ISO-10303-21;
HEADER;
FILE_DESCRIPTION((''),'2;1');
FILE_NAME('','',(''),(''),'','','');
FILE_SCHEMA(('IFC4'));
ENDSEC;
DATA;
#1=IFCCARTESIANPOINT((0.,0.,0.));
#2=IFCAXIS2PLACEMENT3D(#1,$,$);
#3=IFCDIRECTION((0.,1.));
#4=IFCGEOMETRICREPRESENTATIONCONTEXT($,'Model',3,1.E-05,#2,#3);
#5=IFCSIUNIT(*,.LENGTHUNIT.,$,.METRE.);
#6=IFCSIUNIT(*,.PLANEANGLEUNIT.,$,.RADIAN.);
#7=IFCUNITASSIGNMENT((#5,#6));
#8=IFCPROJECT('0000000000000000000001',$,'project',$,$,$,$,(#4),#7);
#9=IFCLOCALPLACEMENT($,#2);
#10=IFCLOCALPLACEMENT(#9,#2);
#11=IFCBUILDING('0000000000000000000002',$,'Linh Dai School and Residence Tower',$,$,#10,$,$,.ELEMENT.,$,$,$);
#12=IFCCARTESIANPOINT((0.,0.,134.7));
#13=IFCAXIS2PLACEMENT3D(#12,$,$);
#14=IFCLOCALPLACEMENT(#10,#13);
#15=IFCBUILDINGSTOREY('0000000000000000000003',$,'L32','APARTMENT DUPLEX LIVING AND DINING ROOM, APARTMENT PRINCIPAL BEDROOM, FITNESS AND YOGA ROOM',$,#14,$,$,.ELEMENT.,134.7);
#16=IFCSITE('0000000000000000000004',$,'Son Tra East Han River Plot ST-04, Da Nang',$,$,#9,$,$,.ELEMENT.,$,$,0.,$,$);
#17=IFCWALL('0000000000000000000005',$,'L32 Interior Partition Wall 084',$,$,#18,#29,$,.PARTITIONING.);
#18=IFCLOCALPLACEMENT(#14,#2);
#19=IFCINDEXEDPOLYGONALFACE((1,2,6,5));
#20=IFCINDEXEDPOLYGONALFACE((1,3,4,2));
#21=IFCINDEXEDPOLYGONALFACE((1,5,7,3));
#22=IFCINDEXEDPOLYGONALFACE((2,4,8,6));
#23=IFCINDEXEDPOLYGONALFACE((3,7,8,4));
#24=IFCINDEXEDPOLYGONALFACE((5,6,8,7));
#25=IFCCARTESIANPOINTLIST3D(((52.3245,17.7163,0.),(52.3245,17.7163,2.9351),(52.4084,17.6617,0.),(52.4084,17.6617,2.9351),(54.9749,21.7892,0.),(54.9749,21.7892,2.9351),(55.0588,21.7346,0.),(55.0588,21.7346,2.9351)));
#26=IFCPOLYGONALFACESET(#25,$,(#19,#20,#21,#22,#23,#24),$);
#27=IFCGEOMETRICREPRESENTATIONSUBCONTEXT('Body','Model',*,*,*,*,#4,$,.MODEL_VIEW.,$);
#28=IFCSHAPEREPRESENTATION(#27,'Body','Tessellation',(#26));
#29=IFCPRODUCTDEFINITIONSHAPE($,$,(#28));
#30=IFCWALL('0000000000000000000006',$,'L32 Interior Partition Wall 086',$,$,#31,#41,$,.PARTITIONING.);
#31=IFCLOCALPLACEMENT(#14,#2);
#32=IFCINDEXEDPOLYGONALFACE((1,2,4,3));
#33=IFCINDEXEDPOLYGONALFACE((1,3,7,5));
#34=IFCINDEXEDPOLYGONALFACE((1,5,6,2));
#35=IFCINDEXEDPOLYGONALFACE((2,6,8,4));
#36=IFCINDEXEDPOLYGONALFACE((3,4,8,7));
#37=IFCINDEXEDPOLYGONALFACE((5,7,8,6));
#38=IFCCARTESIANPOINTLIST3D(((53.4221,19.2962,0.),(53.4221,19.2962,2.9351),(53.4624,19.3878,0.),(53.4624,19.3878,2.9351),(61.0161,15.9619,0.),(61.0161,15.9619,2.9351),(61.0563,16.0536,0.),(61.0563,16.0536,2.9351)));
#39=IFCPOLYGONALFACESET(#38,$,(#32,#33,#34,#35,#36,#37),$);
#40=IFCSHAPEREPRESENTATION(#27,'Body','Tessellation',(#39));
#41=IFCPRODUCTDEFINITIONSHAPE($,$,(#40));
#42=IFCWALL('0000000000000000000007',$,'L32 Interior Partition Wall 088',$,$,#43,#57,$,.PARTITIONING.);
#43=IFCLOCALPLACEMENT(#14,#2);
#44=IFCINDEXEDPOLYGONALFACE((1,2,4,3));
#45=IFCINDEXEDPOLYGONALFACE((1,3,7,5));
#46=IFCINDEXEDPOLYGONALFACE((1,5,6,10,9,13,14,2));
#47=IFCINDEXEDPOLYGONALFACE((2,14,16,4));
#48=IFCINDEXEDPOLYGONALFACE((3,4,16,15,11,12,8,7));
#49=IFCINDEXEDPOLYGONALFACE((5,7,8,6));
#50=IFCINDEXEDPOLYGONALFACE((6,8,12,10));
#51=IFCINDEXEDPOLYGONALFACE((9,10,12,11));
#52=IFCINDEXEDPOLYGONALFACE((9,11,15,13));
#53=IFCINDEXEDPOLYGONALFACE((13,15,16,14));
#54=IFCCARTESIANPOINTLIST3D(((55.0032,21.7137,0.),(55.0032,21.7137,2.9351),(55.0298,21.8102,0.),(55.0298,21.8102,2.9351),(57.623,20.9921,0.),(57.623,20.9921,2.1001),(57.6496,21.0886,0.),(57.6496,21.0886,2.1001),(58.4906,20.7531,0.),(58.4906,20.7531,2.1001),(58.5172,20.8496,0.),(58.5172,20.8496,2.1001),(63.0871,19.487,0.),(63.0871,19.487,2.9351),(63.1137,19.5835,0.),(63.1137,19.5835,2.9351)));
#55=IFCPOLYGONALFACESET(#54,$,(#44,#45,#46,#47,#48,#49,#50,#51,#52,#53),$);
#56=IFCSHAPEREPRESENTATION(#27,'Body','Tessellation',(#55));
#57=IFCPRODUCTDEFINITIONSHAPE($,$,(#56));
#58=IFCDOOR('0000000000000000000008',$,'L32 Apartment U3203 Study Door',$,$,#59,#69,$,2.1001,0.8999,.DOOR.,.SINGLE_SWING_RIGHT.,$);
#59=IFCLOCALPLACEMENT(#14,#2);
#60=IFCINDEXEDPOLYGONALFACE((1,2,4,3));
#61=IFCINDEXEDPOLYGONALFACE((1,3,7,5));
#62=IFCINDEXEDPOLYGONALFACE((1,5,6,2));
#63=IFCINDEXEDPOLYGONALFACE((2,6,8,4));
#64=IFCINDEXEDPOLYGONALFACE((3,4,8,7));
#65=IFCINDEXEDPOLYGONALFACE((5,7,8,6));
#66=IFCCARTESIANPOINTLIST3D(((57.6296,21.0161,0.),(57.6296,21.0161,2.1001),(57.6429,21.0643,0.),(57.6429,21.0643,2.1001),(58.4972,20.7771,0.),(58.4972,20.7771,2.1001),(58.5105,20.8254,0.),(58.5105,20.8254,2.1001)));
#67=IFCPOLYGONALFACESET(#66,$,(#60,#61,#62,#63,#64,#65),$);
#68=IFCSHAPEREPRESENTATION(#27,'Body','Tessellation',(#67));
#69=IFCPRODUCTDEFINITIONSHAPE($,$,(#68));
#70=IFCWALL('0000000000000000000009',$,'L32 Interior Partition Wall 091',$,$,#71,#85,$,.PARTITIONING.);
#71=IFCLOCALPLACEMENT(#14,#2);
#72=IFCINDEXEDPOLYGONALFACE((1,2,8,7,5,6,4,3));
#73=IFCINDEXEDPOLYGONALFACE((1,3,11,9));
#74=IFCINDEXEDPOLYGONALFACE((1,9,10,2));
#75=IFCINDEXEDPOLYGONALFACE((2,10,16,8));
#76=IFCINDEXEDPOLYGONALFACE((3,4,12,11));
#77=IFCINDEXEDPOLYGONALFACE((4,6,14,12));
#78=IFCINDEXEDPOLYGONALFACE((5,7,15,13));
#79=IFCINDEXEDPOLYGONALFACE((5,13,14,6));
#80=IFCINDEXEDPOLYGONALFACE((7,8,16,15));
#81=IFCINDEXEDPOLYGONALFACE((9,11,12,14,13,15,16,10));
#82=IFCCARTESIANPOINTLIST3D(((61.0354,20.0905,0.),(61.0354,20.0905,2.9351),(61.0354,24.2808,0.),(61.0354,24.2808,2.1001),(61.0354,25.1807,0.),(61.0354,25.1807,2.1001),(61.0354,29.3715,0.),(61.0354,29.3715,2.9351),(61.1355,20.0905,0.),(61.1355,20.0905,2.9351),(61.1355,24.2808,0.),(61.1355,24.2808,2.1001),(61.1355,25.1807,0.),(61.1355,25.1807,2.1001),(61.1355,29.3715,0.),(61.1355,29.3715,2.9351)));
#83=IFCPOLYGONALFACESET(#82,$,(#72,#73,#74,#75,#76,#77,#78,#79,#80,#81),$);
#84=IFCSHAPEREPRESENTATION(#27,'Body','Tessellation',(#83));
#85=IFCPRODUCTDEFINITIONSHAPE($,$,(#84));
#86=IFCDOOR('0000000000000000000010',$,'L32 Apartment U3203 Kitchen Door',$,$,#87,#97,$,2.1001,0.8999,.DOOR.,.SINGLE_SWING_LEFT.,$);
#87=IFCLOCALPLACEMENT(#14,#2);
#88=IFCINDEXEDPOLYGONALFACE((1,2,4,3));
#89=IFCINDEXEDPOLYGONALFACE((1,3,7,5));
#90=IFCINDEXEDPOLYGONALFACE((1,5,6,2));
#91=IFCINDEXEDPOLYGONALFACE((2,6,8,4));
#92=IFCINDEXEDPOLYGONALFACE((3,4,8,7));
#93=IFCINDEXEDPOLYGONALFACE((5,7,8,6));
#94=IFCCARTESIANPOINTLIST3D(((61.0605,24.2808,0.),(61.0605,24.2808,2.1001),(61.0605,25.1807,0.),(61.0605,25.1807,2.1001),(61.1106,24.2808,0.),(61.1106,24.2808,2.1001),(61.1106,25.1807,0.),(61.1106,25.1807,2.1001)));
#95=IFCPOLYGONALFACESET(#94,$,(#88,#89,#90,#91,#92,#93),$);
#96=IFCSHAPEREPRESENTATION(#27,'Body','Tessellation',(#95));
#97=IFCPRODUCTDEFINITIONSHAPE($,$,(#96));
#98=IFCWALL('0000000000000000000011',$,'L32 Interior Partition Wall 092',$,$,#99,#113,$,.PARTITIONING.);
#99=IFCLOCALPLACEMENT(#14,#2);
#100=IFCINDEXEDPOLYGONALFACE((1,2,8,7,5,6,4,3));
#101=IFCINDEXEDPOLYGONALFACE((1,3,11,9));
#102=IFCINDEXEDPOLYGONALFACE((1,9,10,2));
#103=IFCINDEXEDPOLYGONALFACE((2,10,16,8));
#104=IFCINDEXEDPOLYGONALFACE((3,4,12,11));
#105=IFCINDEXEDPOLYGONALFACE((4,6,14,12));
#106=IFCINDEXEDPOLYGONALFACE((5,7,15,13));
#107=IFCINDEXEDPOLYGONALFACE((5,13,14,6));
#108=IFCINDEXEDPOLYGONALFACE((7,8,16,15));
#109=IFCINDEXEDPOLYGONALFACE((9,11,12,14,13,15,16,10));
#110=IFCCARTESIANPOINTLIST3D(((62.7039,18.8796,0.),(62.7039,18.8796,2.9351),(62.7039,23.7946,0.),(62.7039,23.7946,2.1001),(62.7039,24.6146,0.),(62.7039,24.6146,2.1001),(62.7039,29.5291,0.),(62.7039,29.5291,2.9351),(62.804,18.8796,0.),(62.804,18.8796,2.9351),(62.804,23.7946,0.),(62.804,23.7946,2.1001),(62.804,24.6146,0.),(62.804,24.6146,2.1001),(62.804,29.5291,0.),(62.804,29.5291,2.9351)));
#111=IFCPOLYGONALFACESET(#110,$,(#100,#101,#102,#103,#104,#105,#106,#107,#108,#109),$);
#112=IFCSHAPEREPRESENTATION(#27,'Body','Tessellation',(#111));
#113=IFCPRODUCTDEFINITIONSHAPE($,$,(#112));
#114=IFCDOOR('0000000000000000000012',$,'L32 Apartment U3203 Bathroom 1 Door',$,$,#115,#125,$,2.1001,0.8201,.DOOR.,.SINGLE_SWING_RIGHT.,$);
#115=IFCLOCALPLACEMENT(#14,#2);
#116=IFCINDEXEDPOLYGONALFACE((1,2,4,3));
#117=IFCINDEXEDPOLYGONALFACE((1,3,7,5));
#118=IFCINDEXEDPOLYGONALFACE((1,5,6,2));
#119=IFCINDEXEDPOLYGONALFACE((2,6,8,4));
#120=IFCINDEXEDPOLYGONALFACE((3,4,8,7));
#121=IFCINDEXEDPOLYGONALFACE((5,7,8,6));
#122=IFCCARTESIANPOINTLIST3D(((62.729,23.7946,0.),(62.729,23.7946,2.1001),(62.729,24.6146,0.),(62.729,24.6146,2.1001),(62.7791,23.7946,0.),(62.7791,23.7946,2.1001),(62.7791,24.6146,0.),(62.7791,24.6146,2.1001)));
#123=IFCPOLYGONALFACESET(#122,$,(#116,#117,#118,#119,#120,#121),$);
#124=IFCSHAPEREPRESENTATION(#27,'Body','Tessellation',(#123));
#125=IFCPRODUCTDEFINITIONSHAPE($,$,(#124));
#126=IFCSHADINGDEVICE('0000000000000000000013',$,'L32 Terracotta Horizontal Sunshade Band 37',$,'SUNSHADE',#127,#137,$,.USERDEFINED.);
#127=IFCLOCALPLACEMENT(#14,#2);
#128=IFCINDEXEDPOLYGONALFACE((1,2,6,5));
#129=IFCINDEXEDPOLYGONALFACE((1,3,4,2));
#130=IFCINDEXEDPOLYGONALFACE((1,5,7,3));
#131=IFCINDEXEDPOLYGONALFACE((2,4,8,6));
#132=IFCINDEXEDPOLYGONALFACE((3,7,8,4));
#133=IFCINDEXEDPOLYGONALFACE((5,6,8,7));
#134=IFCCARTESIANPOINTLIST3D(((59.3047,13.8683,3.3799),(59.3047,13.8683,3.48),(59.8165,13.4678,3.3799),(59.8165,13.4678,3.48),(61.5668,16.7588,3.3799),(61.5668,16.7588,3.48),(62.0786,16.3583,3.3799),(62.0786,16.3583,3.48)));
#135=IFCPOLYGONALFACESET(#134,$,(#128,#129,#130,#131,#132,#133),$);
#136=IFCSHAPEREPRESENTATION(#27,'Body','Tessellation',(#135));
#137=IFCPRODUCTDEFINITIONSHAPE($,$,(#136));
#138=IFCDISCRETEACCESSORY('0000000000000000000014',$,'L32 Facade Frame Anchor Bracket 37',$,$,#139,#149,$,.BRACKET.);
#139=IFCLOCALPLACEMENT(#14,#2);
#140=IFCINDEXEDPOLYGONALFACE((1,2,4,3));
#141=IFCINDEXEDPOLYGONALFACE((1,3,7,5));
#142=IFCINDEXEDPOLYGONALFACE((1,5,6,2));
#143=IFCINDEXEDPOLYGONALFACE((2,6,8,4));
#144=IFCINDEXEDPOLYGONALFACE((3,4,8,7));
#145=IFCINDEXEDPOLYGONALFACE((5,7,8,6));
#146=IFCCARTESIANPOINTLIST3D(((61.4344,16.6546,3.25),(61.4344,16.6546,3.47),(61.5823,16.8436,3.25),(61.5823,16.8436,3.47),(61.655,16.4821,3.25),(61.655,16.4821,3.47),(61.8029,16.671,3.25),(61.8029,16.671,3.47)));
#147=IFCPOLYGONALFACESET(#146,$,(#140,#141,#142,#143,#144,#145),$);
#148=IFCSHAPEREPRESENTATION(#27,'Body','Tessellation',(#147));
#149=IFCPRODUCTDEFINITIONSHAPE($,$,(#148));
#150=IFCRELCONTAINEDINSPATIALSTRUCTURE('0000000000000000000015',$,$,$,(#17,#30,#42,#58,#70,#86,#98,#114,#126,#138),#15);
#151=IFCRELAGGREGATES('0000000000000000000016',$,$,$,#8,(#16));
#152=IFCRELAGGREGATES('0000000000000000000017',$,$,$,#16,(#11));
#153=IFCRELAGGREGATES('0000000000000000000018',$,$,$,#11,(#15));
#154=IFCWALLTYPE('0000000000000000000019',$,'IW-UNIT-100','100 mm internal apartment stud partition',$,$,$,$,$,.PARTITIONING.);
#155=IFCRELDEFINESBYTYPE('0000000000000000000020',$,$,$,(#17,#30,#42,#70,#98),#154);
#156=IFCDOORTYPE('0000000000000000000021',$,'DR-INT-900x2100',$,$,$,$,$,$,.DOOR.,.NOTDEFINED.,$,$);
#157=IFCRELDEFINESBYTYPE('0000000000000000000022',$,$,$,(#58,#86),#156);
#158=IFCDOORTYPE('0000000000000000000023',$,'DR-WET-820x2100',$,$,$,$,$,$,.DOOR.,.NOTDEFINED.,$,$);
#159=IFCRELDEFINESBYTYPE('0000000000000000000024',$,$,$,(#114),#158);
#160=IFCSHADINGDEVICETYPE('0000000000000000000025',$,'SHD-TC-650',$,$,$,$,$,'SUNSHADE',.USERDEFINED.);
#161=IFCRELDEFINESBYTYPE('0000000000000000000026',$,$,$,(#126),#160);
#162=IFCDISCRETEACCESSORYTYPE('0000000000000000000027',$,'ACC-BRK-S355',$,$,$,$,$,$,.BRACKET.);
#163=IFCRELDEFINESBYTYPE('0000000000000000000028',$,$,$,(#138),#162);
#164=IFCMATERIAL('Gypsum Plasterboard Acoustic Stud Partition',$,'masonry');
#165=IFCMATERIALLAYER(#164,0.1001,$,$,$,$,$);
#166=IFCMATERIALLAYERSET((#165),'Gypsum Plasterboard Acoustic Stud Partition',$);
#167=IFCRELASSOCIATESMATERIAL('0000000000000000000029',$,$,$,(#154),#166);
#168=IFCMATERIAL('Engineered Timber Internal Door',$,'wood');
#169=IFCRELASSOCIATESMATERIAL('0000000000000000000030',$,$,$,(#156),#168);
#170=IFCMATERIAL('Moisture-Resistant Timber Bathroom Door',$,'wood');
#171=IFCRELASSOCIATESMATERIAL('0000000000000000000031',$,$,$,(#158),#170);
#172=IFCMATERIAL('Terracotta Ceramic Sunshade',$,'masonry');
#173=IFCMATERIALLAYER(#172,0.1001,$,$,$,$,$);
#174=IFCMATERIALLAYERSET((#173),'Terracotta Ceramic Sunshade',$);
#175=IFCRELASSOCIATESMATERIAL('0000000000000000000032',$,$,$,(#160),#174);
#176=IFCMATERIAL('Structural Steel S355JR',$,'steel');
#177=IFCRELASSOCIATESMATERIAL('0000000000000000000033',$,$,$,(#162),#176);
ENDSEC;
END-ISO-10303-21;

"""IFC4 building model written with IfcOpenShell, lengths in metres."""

from ifc_helpers import new_model, si_unit, direction, frame, frame_2d, origin, origin_2d, place, context, subcontext, project, spatial, rectangle, extrude, source, transform, mapped, material, layer, layer_set, type_object, element, fill, save


model = new_model("IFC4")

# Units and contexts
model_context = context("Model", 3, precision=1e-05, world=origin(), true_north=direction((0.0, 1.0)))
body_context = subcontext(model_context, "Body", "Model", "MODEL_VIEW")
ifc_project = project(units=[si_unit("LENGTHUNIT", "METRE"), si_unit("PLANEANGLEUNIT", "RADIAN")], contexts=[model_context])

# Site, building, storey
site_placement = place(None, origin())
site = spatial("IfcSite", under=ifc_project, at=site_placement, Name="Son Tra East Han River Plot ST-04, Da Nang", CompositionType="ELEMENT", RefElevation=0.0)
building_placement = place(site_placement, origin())
building = spatial("IfcBuilding", under=site, at=building_placement, Name="Linh Dai School and Residence Tower", CompositionType="ELEMENT")
storey_placement = place(building_placement, frame((0.0, 0.0, 134.7)))
storey = spatial("IfcBuildingStorey", under=building, at=storey_placement, Name="L32", Description="APARTMENT DUPLEX LIVING AND DINING ROOM, APARTMENT PRINCIPAL BEDROOM, FITNESS AND YOGA ROOM", CompositionType="ELEMENT", Elevation=134.7)

# Shared definitions
ifc_material_1 = material(Name="Structural Steel S355JR", Category="steel")

# Walls
ifc_material_2 = material(Name="Gypsum Plasterboard Acoustic Stud Partition", Category="masonry")
ifc_layer_1 = layer(ifc_material_2, 0.1001)
ifc_layer_set_1 = layer_set([ifc_layer_1], Name="Gypsum Plasterboard Acoustic Stud Partition")
wall_type_1 = type_object("IfcWallType", Name="IW-UNIT-100", Description="100 mm internal apartment stud partition", PredefinedType="PARTITIONING", material=ifc_layer_set_1)
wall_1_placement = place(storey_placement, frame((52.3665, 17.689, 0.0), z_axis=(0.0, 0.0, 1.0), x_axis=(0.545414, 0.838167, 0.0)))
element("IfcWall", 1, at=wall_1_placement, inside=storey, type_object=wall_type_1, Name="L32 Interior Partition Wall 084", PredefinedType="PARTITIONING", context=body_context, shape_type="SweptSolid", body=[
    extrude(rectangle(XDim=4.8594, YDim=0.1001, at=frame_2d((2.4297, 0.0))), origin(), (0.0, 0.0, 1.0), 2.9351),
])
wall_2_placement = place(storey_placement, frame((53.4421, 19.342, 0.0), z_axis=(0.0, 0.0, 1.0), x_axis=(0.915632, -0.402018, 0.0)))
element("IfcWall", 2, at=wall_2_placement, inside=storey, type_object=wall_type_1, Name="L32 Interior Partition Wall 086", PredefinedType="PARTITIONING", context=body_context, shape_type="SweptSolid", body=[
    extrude(rectangle(XDim=8.2937, YDim=0.1001, at=frame_2d((4.147, 0.0))), origin(), (0.0, 0.0, 1.0), 2.9351),
])

# Walls, openings, doors
wall_3_placement = place(storey_placement, frame((55.0166, 21.762, 0.0), z_axis=(0.0, 0.0, 1.0), x_axis=(0.964092, -0.265568, 0.0)))
wall_3 = element("IfcWall", 3, at=wall_3_placement, inside=storey, type_object=wall_type_1, Name="L32 Interior Partition Wall 088", PredefinedType="PARTITIONING", context=body_context, shape_type="SweptSolid", body=[
    extrude(rectangle(XDim=8.385, YDim=0.1001, at=frame_2d((4.1924, 0.0))), origin(), (0.0, 0.0, 1.0), 2.9351),
])
opening_1_placement = place(wall_3_placement, frame((2.7173, 0.0, 0.0)))
opening_1 = element("IfcOpeningElement", 4, at=opening_1_placement, cuts=wall_3, PredefinedType="OPENING", context=body_context, shape_type="SweptSolid", body=[
    extrude(rectangle(XDim=0.8999, YDim=2.1001, at=origin_2d()), frame((0.45, 0.0601, 1.05), z_axis=(0.0, -1.0, 0.0), x_axis=(1.0, 0.0, 0.0)), (0.0, 0.0, 1.0), 0.1201),
])
ifc_material_3 = material(Name="Engineered Timber Internal Door", Category="wood")
door_type_1 = type_object("IfcDoorType", Name="DR-INT-900x2100", OperationType="NOTDEFINED", PredefinedType="DOOR", material=ifc_material_3)
shared_shape_1 = source(origin(), body_context, "Body", "SweptSolid", [
    extrude(rectangle(XDim=0.8999, YDim=2.1001, at=origin_2d()), frame((0.45, 0.0249, 1.05), z_axis=(0.0, -1.0, 0.0), x_axis=(1.0, 0.0, 0.0)), (0.0, 0.0, 1.0), 0.05),
])
door_1_placement = place(opening_1_placement, origin())
door_1 = element("IfcDoor", 5, at=door_1_placement, inside=storey, type_object=door_type_1, Name="L32 Apartment U3203 Study Door", OperationType="SINGLE_SWING_RIGHT", OverallHeight=2.1001, OverallWidth=0.8999, PredefinedType="DOOR", context=body_context, shape_type="MappedRepresentation", body=[
    mapped(shared_shape_1, transform((0.0, 0.0, 0.0), x_axis=(1.0, 0.0, 0.0), y_axis=(0.0, 1.0, 0.0), z_axis=(0.0, 0.0, 1.0), scale=1.0)),
])
fill(opening_1, door_1)
wall_4_placement = place(storey_placement, frame((61.0854, 20.0903, 0.0), z_axis=(0.0, 0.0, 1.0), x_axis=(0.0, 1.0, 0.0)))
wall_4 = element("IfcWall", 6, at=wall_4_placement, inside=storey, type_object=wall_type_1, Name="L32 Interior Partition Wall 091", PredefinedType="PARTITIONING", context=body_context, shape_type="SweptSolid", body=[
    extrude(rectangle(XDim=9.281, YDim=0.1001, at=frame_2d((4.6406, 0.0))), origin(), (0.0, 0.0, 1.0), 2.9351),
])
opening_2_placement = place(wall_4_placement, frame((4.1904, 0.0, 0.0)))
opening_2 = element("IfcOpeningElement", 7, at=opening_2_placement, cuts=wall_4, PredefinedType="OPENING", context=body_context, shape_type="SweptSolid", body=[
    extrude(rectangle(XDim=0.8999, YDim=2.1001, at=origin_2d()), frame((0.45, 0.0601, 1.05), z_axis=(0.0, -1.0, 0.0), x_axis=(1.0, 0.0, 0.0)), (0.0, 0.0, 1.0), 0.1201),
])
door_2_placement = place(opening_2_placement, origin())
door_2 = element("IfcDoor", 8, at=door_2_placement, inside=storey, type_object=door_type_1, Name="L32 Apartment U3203 Kitchen Door", OperationType="SINGLE_SWING_LEFT", OverallHeight=2.1001, OverallWidth=0.8999, PredefinedType="DOOR", context=body_context, shape_type="MappedRepresentation", body=[
    mapped(shared_shape_1, transform((0.0, 0.0, 0.0), x_axis=(1.0, 0.0, 0.0), y_axis=(0.0, 1.0, 0.0), z_axis=(0.0, 0.0, 1.0), scale=1.0)),
])
fill(opening_2, door_2)
wall_5_placement = place(storey_placement, frame((62.7539, 18.8796, 0.0), z_axis=(0.0, 0.0, 1.0), x_axis=(0.0, 1.0, 0.0)))
wall_5 = element("IfcWall", 9, at=wall_5_placement, inside=storey, type_object=wall_type_1, Name="L32 Interior Partition Wall 092", PredefinedType="PARTITIONING", context=body_context, shape_type="SweptSolid", body=[
    extrude(rectangle(XDim=10.6494, YDim=0.1001, at=frame_2d((5.3247, 0.0))), origin(), (0.0, 0.0, 1.0), 2.9351),
])
opening_3_placement = place(wall_5_placement, frame((4.9148, 0.0, 0.0)))
opening_3 = element("IfcOpeningElement", 10, at=opening_3_placement, cuts=wall_5, PredefinedType="OPENING", context=body_context, shape_type="SweptSolid", body=[
    extrude(rectangle(XDim=0.8201, YDim=2.1001, at=origin_2d()), frame((0.4102, 0.0601, 1.05), z_axis=(0.0, -1.0, 0.0), x_axis=(1.0, 0.0, 0.0)), (0.0, 0.0, 1.0), 0.1201),
])
ifc_material_4 = material(Name="Moisture-Resistant Timber Bathroom Door", Category="wood")
door_type_2 = type_object("IfcDoorType", Name="DR-WET-820x2100", OperationType="NOTDEFINED", PredefinedType="DOOR", material=ifc_material_4)
shared_shape_2 = source(origin(), body_context, "Body", "SweptSolid", [
    extrude(rectangle(XDim=0.8201, YDim=2.1001, at=origin_2d()), frame((0.4102, 0.0249, 1.05), z_axis=(0.0, -1.0, 0.0), x_axis=(1.0, 0.0, 0.0)), (0.0, 0.0, 1.0), 0.05),
])
door_3_placement = place(opening_3_placement, origin())
door_3 = element("IfcDoor", 11, at=door_3_placement, inside=storey, type_object=door_type_2, Name="L32 Apartment U3203 Bathroom 1 Door", OperationType="SINGLE_SWING_RIGHT", OverallHeight=2.1001, OverallWidth=0.8201, PredefinedType="DOOR", context=body_context, shape_type="MappedRepresentation", body=[
    mapped(shared_shape_2, transform((0.0, 0.0, 0.0), x_axis=(1.0, 0.0, 0.0), y_axis=(0.0, 1.0, 0.0), z_axis=(0.0, 0.0, 1.0), scale=1.0)),
])
fill(opening_3, door_3)

# Shading device
ifc_material_5 = material(Name="Terracotta Ceramic Sunshade", Category="masonry")
ifc_layer_2 = layer(ifc_material_5, 0.1001)
ifc_layer_set_2 = layer_set([ifc_layer_2], Name="Terracotta Ceramic Sunshade")
shading_device_type = type_object("IfcShadingDeviceType", Name="SHD-TC-650", ElementType="SUNSHADE", PredefinedType="USERDEFINED", material=ifc_layer_set_2)
shared_shape_3 = source(origin(), body_context, "Body", "SweptSolid", [
    extrude(rectangle(XDim=3.6704, YDim=0.6499, at=origin_2d()), origin(), (0.0, 0.0, 1.0), 0.1001),
])
shading_device_placement = place(storey_placement, frame((60.6917, 15.1133, 3.3799), z_axis=(0.0, 0.0, 1.0), x_axis=(-0.616305, -0.787508, 0.0)))
element("IfcShadingDevice", 12, at=shading_device_placement, inside=storey, type_object=shading_device_type, Name="L32 Terracotta Horizontal Sunshade Band 37", ObjectType="SUNSHADE", PredefinedType="USERDEFINED", context=body_context, shape_type="MappedRepresentation", body=[
    mapped(shared_shape_3, transform((0.0, 0.0, 0.0), x_axis=(1.0, 0.0, 0.0), y_axis=(0.0, 1.0, 0.0), z_axis=(0.0, 0.0, 1.0), scale=1.0)),
])

# Discrete accessory
discrete_accessory_type = type_object("IfcDiscreteAccessoryType", Name="ACC-BRK-S355", PredefinedType="BRACKET", material=ifc_material_1)
shared_shape_4 = source(origin(), body_context, "Body", "SweptSolid", [
    extrude(rectangle(XDim=0.28, YDim=0.24, at=origin_2d()), origin(), (0.0, 0.0, 1.0), 0.22),
])
discrete_accessory_placement = place(storey_placement, frame((61.6187, 16.6628, 3.25), z_axis=(0.0, 0.0, 1.0), x_axis=(0.787508, -0.616305, 0.0)))
element("IfcDiscreteAccessory", 13, at=discrete_accessory_placement, inside=storey, type_object=discrete_accessory_type, Name="L32 Facade Frame Anchor Bracket 37", PredefinedType="BRACKET", context=body_context, shape_type="MappedRepresentation", body=[
    mapped(shared_shape_4, transform((0.0, 0.0, 0.0), x_axis=(1.0, 0.0, 0.0), y_axis=(0.0, 1.0, 0.0), z_axis=(0.0, 0.0, 1.0), scale=1.0)),
])

save(model, "model.ifc")
